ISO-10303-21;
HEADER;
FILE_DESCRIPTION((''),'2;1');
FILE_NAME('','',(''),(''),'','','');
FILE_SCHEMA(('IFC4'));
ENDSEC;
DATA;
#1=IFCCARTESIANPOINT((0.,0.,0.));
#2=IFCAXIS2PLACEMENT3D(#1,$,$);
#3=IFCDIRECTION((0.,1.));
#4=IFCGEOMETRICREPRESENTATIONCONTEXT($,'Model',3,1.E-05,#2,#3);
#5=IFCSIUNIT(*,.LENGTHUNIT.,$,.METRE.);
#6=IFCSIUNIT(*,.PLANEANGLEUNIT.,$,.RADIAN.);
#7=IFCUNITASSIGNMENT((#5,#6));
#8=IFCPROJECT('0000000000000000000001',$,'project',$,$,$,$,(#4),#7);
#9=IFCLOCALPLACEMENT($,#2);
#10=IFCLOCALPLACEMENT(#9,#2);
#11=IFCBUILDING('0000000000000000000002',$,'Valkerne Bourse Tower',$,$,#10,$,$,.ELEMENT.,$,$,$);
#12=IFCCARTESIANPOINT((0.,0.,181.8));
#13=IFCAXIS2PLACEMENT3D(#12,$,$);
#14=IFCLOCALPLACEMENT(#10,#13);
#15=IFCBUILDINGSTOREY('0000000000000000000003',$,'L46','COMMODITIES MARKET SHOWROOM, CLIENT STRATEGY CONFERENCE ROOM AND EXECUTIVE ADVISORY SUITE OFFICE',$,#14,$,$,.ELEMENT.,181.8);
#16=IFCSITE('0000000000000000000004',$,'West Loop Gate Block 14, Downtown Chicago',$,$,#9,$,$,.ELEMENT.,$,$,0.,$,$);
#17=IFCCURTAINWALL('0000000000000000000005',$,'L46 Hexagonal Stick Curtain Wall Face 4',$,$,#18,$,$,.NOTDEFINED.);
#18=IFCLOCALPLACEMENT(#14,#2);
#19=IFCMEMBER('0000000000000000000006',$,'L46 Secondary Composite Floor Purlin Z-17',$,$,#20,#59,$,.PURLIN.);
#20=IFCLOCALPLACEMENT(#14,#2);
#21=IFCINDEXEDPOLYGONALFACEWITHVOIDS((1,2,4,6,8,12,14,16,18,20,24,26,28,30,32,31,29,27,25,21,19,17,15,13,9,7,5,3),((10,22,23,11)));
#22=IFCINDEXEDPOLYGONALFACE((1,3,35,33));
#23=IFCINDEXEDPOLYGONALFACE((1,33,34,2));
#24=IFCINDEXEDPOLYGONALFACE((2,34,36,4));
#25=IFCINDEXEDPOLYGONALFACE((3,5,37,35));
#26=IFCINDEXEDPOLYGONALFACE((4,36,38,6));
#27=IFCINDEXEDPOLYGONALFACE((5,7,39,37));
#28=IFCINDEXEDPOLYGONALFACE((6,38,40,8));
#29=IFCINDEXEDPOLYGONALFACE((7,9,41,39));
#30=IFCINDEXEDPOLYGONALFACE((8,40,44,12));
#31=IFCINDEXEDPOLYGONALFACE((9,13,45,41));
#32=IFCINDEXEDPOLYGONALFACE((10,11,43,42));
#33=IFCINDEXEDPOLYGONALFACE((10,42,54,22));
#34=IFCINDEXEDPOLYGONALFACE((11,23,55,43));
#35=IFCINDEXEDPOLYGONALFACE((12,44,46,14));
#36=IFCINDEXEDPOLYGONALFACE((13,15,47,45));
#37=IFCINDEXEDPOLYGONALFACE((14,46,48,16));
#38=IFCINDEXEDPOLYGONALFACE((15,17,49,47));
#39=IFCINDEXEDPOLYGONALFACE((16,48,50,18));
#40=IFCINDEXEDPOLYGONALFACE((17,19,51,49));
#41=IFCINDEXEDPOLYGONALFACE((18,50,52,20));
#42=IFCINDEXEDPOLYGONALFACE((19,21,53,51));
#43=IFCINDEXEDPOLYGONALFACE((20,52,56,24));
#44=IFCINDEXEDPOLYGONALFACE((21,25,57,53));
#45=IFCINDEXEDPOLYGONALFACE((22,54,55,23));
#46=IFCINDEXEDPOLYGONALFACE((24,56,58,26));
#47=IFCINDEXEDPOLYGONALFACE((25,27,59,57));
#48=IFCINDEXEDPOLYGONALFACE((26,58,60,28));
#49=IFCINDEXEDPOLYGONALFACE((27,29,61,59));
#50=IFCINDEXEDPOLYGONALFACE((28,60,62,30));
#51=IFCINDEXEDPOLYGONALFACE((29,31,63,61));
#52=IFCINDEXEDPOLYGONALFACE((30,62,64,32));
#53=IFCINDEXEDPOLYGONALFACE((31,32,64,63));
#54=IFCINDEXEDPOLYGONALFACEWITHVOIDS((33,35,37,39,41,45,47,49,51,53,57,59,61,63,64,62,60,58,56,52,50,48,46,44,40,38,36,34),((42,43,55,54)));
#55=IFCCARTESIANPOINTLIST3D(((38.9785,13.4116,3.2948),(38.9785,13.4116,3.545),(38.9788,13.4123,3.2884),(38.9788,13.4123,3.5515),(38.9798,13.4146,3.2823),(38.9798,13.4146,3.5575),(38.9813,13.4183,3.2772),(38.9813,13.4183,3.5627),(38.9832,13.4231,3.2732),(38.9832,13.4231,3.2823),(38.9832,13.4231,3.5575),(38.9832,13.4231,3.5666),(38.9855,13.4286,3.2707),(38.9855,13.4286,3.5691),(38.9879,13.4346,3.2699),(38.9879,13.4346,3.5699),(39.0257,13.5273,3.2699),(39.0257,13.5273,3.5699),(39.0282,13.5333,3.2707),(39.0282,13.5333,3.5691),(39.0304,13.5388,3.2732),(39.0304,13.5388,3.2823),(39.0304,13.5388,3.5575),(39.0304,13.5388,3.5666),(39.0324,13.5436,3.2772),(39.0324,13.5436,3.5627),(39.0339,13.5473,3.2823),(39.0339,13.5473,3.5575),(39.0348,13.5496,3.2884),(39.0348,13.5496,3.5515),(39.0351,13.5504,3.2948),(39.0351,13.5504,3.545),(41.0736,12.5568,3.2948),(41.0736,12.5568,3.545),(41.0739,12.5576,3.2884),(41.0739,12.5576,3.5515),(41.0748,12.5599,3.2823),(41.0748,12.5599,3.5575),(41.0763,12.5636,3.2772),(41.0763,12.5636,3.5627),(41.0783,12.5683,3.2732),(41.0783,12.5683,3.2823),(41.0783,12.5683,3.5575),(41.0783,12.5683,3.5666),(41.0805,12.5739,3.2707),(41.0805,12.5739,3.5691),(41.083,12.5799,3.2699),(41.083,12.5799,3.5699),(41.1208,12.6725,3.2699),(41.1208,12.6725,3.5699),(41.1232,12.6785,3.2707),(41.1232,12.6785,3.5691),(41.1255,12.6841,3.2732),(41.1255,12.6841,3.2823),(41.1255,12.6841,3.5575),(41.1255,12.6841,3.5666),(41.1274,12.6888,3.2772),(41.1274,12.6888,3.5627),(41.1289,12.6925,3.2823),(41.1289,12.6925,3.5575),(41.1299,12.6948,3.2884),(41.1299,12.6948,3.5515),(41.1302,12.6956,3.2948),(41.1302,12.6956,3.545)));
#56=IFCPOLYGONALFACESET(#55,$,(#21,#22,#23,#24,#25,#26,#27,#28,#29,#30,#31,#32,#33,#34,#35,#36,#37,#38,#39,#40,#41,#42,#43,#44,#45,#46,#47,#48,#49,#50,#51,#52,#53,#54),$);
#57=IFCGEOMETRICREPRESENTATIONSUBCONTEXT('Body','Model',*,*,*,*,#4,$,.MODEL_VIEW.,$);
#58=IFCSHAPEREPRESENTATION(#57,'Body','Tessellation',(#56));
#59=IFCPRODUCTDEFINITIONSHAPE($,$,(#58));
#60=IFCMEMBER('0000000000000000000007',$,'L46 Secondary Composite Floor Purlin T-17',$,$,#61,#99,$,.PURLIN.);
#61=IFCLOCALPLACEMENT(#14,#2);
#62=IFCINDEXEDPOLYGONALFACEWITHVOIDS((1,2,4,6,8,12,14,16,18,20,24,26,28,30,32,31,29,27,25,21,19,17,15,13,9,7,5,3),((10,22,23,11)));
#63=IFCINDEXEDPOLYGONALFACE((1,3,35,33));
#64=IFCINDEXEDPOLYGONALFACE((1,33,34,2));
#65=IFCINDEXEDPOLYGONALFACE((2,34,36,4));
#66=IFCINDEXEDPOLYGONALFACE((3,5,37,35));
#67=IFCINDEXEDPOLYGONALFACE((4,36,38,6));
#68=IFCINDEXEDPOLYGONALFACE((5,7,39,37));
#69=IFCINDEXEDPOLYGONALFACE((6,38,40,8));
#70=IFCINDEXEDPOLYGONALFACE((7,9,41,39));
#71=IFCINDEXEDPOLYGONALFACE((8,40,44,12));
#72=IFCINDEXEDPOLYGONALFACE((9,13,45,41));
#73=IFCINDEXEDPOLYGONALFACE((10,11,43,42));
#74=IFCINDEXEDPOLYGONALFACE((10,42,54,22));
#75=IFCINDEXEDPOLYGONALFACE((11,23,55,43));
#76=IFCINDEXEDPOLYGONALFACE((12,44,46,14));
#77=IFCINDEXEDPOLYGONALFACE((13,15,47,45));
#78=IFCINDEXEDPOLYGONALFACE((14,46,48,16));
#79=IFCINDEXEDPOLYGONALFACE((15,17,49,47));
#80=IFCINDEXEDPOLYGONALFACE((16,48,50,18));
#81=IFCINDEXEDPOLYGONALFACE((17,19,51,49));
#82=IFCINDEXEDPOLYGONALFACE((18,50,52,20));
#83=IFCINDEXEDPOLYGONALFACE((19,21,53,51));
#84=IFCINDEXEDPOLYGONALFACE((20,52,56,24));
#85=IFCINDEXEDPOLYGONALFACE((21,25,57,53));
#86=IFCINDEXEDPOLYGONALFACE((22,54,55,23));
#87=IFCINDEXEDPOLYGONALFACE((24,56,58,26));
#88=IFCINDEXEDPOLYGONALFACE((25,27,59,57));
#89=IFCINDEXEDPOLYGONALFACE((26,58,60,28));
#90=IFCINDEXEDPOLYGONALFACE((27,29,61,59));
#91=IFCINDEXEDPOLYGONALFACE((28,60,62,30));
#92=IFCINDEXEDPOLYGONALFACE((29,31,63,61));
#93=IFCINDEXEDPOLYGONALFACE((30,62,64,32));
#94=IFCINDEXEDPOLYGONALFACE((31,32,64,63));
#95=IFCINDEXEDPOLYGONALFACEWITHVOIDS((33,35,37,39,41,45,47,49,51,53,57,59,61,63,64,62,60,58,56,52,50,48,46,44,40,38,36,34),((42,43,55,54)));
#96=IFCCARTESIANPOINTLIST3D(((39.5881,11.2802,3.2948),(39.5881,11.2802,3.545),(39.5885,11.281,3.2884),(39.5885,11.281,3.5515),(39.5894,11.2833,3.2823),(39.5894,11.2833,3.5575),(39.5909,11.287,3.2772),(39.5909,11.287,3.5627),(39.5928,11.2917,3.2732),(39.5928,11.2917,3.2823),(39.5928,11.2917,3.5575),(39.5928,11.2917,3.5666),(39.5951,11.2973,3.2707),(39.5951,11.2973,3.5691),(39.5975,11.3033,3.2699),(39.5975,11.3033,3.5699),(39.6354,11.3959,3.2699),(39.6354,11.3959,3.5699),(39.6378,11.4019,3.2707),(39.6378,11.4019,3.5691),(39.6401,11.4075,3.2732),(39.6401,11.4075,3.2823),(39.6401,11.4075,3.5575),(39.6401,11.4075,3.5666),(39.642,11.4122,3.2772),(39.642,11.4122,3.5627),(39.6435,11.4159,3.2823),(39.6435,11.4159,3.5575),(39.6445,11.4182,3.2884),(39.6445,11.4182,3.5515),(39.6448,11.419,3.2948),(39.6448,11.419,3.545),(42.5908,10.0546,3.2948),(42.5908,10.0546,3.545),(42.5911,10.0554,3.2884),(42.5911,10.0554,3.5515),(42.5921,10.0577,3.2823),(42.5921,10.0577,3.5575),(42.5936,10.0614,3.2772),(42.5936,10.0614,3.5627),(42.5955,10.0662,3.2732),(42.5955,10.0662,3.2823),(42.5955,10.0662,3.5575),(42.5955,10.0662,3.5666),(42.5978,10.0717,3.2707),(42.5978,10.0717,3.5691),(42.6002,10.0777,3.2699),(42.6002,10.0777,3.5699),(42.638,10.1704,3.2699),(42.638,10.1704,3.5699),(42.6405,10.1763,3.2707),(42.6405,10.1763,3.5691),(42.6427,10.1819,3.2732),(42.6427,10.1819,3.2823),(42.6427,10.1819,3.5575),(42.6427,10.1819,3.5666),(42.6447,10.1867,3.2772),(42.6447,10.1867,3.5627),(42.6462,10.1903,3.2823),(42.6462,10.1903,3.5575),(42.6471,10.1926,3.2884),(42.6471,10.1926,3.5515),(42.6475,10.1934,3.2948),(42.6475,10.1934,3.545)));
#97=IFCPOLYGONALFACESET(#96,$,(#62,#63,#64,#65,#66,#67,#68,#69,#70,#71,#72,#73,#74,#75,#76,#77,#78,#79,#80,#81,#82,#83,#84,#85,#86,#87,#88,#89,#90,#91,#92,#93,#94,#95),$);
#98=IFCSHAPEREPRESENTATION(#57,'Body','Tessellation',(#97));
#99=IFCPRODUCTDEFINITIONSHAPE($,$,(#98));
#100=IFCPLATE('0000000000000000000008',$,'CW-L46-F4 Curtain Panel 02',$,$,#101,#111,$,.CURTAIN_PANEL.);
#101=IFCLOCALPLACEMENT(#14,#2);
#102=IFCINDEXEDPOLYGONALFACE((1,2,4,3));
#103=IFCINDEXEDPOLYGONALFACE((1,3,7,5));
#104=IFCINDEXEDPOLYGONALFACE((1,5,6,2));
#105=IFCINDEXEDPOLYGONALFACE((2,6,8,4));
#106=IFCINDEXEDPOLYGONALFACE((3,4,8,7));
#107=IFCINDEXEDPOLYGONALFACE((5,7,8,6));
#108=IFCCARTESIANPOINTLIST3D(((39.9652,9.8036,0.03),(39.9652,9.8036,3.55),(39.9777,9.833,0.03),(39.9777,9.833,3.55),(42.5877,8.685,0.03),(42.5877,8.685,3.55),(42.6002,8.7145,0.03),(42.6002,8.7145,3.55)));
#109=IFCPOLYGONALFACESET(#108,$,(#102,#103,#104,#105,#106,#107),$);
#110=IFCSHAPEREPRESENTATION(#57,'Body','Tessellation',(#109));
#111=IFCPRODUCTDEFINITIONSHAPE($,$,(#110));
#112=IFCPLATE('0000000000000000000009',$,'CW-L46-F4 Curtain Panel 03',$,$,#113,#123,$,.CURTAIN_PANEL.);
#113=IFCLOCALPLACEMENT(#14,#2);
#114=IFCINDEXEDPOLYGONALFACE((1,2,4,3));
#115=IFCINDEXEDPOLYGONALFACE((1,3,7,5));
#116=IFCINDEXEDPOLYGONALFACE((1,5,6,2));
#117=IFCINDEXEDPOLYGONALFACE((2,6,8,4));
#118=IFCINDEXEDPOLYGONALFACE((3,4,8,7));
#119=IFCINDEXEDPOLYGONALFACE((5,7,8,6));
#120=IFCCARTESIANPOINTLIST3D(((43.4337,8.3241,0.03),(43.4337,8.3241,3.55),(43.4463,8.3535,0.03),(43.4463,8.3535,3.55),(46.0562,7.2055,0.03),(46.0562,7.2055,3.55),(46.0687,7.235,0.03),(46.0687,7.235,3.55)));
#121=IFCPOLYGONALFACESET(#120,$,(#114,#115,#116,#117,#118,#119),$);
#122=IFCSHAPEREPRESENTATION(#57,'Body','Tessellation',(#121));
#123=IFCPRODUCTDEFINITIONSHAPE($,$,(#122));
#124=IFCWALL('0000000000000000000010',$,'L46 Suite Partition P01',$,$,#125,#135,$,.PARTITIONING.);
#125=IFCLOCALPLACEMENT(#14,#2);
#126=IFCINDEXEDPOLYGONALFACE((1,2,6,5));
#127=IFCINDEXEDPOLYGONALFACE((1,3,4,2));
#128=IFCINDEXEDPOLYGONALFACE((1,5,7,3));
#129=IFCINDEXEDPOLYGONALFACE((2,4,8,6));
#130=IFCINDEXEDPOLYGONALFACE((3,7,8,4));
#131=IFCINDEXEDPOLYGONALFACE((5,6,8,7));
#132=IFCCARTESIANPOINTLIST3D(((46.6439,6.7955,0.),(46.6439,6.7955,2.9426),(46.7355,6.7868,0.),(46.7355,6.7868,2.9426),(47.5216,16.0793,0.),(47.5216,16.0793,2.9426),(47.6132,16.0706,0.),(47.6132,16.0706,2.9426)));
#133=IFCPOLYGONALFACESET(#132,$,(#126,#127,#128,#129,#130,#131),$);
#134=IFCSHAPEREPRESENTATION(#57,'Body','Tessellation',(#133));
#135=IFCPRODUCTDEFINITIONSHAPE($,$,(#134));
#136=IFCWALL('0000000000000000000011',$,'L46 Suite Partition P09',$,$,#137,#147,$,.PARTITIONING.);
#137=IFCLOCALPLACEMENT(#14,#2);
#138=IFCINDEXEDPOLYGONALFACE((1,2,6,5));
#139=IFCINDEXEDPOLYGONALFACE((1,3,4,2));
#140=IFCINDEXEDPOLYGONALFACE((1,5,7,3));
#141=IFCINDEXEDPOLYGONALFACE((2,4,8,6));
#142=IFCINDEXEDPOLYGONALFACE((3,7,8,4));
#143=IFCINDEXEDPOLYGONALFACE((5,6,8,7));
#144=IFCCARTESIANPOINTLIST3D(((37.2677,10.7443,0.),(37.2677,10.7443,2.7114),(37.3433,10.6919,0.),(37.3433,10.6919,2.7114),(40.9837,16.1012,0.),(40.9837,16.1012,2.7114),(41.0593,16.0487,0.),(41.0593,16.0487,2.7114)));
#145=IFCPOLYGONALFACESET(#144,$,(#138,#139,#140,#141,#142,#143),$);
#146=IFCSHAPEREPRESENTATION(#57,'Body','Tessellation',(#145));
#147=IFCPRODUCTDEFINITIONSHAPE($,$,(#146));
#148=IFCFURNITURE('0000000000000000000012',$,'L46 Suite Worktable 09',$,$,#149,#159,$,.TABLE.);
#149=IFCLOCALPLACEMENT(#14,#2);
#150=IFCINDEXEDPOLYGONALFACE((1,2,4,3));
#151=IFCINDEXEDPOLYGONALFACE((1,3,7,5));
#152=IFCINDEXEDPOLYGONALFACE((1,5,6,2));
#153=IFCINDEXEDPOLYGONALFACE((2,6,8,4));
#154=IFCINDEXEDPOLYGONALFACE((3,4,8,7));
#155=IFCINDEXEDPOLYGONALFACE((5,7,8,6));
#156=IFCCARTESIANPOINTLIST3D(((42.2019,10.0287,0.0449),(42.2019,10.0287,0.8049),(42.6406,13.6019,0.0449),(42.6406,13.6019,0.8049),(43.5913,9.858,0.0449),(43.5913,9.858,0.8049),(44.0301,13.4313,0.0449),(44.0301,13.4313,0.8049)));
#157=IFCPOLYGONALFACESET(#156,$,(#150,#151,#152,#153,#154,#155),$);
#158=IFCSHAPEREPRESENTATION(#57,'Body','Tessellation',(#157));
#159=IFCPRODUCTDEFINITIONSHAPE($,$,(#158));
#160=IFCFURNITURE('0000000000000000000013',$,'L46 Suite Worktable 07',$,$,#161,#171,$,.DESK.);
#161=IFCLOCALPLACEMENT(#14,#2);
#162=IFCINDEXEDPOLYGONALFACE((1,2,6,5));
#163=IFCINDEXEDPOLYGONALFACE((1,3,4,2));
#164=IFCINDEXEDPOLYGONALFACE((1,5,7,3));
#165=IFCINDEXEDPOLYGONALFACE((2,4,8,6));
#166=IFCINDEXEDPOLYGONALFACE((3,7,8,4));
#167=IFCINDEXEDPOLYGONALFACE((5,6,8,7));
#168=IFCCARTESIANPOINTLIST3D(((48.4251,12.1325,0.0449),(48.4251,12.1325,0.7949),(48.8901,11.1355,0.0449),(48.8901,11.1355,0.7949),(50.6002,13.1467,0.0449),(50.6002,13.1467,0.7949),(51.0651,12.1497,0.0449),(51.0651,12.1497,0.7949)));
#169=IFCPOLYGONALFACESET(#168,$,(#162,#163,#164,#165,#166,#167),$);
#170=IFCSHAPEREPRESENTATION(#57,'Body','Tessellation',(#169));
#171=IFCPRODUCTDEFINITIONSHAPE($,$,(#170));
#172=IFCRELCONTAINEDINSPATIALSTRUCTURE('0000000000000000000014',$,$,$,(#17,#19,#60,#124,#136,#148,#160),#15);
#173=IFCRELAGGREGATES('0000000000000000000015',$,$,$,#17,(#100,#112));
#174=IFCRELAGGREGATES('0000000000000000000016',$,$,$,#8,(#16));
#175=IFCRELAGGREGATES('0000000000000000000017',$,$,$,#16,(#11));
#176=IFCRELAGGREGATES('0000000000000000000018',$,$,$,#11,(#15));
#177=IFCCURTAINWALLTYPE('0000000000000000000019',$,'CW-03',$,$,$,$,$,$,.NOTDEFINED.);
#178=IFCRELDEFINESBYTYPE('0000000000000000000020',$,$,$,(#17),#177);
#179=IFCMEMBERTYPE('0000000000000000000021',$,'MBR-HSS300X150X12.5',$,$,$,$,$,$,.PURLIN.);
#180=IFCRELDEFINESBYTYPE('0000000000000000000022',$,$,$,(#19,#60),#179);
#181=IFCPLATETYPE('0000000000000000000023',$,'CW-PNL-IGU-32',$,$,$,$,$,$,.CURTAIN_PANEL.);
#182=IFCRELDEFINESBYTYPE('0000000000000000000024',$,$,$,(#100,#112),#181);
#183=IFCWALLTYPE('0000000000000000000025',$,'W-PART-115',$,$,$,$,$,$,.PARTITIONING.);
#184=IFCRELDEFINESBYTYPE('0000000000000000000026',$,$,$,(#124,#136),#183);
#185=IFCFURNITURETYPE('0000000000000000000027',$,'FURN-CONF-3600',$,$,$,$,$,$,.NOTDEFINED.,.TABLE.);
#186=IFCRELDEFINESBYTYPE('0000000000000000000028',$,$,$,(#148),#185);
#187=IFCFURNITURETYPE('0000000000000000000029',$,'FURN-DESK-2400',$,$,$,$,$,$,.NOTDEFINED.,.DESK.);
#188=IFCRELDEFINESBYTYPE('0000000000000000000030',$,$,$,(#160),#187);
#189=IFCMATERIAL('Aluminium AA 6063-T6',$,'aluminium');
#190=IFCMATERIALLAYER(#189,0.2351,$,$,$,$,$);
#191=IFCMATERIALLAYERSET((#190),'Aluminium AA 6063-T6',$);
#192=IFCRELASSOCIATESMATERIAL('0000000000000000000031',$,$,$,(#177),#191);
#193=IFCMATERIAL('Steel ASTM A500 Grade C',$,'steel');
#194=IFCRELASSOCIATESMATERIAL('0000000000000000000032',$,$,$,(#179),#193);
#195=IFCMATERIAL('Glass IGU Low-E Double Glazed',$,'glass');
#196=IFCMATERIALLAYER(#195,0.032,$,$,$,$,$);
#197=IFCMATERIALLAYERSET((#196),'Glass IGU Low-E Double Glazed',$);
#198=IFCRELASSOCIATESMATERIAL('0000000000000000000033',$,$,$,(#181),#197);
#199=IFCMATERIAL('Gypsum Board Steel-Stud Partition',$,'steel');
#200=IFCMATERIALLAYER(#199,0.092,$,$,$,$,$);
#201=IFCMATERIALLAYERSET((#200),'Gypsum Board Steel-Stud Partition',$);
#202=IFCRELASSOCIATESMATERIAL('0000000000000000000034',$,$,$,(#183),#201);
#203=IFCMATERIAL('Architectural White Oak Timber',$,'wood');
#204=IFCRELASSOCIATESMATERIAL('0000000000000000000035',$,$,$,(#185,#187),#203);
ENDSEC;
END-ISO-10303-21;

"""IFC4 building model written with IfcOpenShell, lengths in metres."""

from ifc_helpers import new_model, si_unit, direction, frame, frame_2d, origin, origin_2d, place, context, subcontext, project, spatial, rectangle, hollow_rectangle, extrude, material, layer, layer_set, material_profile, profile_set, type_object, element, aggregate, save


model = new_model("IFC4")

# Units and contexts
model_context = context("Model", 3, precision=1e-05, world=origin(), true_north=direction((0.0, 1.0)))
body_context = subcontext(model_context, "Body", "Model", "MODEL_VIEW")
ifc_project = project(units=[si_unit("LENGTHUNIT", "METRE"), si_unit("PLANEANGLEUNIT", "RADIAN")], contexts=[model_context])

# Site, building, storey
site_placement = place(None, origin())
site = spatial("IfcSite", under=ifc_project, at=site_placement, Name="West Loop Gate Block 14, Downtown Chicago", CompositionType="ELEMENT", RefElevation=0.0)
building_placement = place(site_placement, origin())
building = spatial("IfcBuilding", under=site, at=building_placement, Name="Valkerne Bourse Tower", CompositionType="ELEMENT")
storey_placement = place(building_placement, frame((0.0, 0.0, 181.8)))
storey = spatial("IfcBuildingStorey", under=building, at=storey_placement, Name="L46", Description="COMMODITIES MARKET SHOWROOM, CLIENT STRATEGY CONFERENCE ROOM AND EXECUTIVE ADVISORY SUITE OFFICE", CompositionType="ELEMENT", Elevation=181.8)

# Curtain wall
ifc_material_1 = material(Name="Aluminium AA 6063-T6", Category="aluminium")
ifc_layer_1 = layer(ifc_material_1, 0.2351)
ifc_layer_set_1 = layer_set([ifc_layer_1], Name="Aluminium AA 6063-T6")
curtain_wall_type = type_object("IfcCurtainWallType", Name="CW-03", PredefinedType="NOTDEFINED", material=ifc_layer_set_1)
curtain_wall_1_placement = place(storey_placement, origin())
curtain_wall_1 = element("IfcCurtainWall", 1, at=curtain_wall_1_placement, inside=storey, type_object=curtain_wall_type, Name="L46 Hexagonal Stick Curtain Wall Face 4", PredefinedType="NOTDEFINED")

# Members
ifc_material_2 = material(Name="Steel ASTM A500 Grade C", Category="steel")
ifc_material_profile_1 = material_profile(ifc_material_2, hollow_rectangle(XDim=0.1499, YDim=0.3, WallThickness=0.0125, OuterFilletRadius=0.0249, at=origin_2d()), Name="HSS300X150X12.5")
ifc_profile_set_1 = profile_set([ifc_material_profile_1], Name="Steel ASTM A500 Grade C")
member_type_1 = type_object("IfcMemberType", Name="MBR-HSS300X150X12.5", PredefinedType="PURLIN", material=ifc_profile_set_1)
member_1_placement = place(storey_placement, frame((39.0068, 13.481, 3.4199), z_axis=(0.925902, -0.377763, 0.0), x_axis=(0.377763, 0.925902, 0.0)))
element("IfcMember", 2, at=member_1_placement, inside=storey, type_object=member_type_1, Name="L46 Secondary Composite Floor Purlin Z-17", PredefinedType="PURLIN", context=body_context, shape_type="SweptSolid", body=[
    extrude(hollow_rectangle(XDim=0.1499, YDim=0.3, WallThickness=0.0125, OuterFilletRadius=0.0249, at=origin_2d()), origin(), (0.0, 0.0, 1.0), 2.2627),
])
member_2_placement = place(storey_placement, frame((39.6165, 11.3496, 3.4199), z_axis=(0.925848, -0.377897, 0.0), x_axis=(0.377897, 0.925848, 0.0)))
element("IfcMember", 3, at=member_2_placement, inside=storey, type_object=member_type_1, Name="L46 Secondary Composite Floor Purlin T-17", PredefinedType="PURLIN", context=body_context, shape_type="SweptSolid", body=[
    extrude(hollow_rectangle(XDim=0.1499, YDim=0.3, WallThickness=0.0125, OuterFilletRadius=0.0249, at=origin_2d()), origin(), (0.0, 0.0, 1.0), 3.2432),
])

# Plates
ifc_material_3 = material(Name="Glass IGU Low-E Double Glazed", Category="glass")
ifc_layer_2 = layer(ifc_material_3, 0.032)
ifc_layer_set_2 = layer_set([ifc_layer_2], Name="Glass IGU Low-E Double Glazed")
plate_type = type_object("IfcPlateType", Name="CW-PNL-IGU-32", PredefinedType="CURTAIN_PANEL", material=ifc_layer_set_2)
plate_1_placement = place(storey_placement, frame((41.2827, 9.259, 0.03), z_axis=(0.0, 0.0, 1.0), x_axis=(0.919824, -0.392331, 0.0)))
plate_1 = element("IfcPlate", 4, at=plate_1_placement, type_object=plate_type, Name="CW-L46-F4 Curtain Panel 02", PredefinedType="CURTAIN_PANEL", context=body_context, shape_type="SweptSolid", body=[
    extrude(rectangle(XDim=2.8511, YDim=0.032, at=origin_2d()), origin(), (0.0, 0.0, 1.0), 3.52),
])
plate_2_placement = place(storey_placement, frame((44.7512, 7.7795, 0.03), z_axis=(0.0, 0.0, 1.0), x_axis=(0.91982, -0.392341, 0.0)))
plate_2 = element("IfcPlate", 5, at=plate_2_placement, type_object=plate_type, Name="CW-L46-F4 Curtain Panel 03", PredefinedType="CURTAIN_PANEL", context=body_context, shape_type="SweptSolid", body=[
    extrude(rectangle(XDim=2.8511, YDim=0.032, at=origin_2d()), origin(), (0.0, 0.0, 1.0), 3.52),
])
aggregate(curtain_wall_1, [plate_1, plate_2])

# Walls
ifc_material_4 = material(Name="Gypsum Board Steel-Stud Partition", Category="steel")
ifc_layer_3 = layer(ifc_material_4, 0.092)
ifc_layer_set_3 = layer_set([ifc_layer_3], Name="Gypsum Board Steel-Stud Partition")
wall_type = type_object("IfcWallType", Name="W-PART-115", PredefinedType="PARTITIONING", material=ifc_layer_set_3)
wall_1_placement = place(storey_placement, frame((47.5674, 16.075, 0.0), z_axis=(0.0, 0.0, 1.0), x_axis=(-0.094121, -0.995561, 0.0)))
element("IfcWall", 6, at=wall_1_placement, inside=storey, type_object=wall_type, Name="L46 Suite Partition P01", PredefinedType="PARTITIONING", context=body_context, shape_type="SweptSolid", body=[
    extrude(rectangle(XDim=9.3252, YDim=0.092, at=frame_2d((4.6626, 0.0))), origin(), (0.0, 0.0, 1.0), 2.9426),
])
wall_2_placement = place(storey_placement, frame((41.0215, 16.075, 0.0), z_axis=(0.0, 0.0, 1.0), x_axis=(-0.569979, -0.821659, 0.0)))
element("IfcWall", 7, at=wall_2_placement, inside=storey, type_object=wall_type, Name="L46 Suite Partition P09", PredefinedType="PARTITIONING", context=body_context, shape_type="SweptSolid", body=[
    extrude(rectangle(XDim=6.5195, YDim=0.092, at=frame_2d((3.2598, 0.0))), origin(), (0.0, 0.0, 1.0), 2.7114),
])

# Furniture
ifc_material_5 = material(Name="Architectural White Oak Timber", Category="wood")
furniture_type_1 = type_object("IfcFurnitureType", Name="FURN-CONF-3600", AssemblyPlace="NOTDEFINED", PredefinedType="TABLE", material=ifc_material_5)
furniture_1_placement = place(storey_placement, frame((43.116, 11.73, 0.0449), z_axis=(0.0, 0.0, 1.0), x_axis=(0.121869, 0.992546, 0.0)))
element("IfcFurniture", 8, at=furniture_1_placement, inside=storey, type_object=furniture_type_1, Name="L46 Suite Worktable 09", PredefinedType="TABLE", context=body_context, shape_type="SweptSolid", body=[
    extrude(rectangle(XDim=3.6001, YDim=1.3999, at=origin_2d()), origin(), (0.0, 0.0, 1.0), 0.76),
])
furniture_type_2 = type_object("IfcFurnitureType", Name="FURN-DESK-2400", AssemblyPlace="NOTDEFINED", PredefinedType="DESK", material=ifc_material_5)
furniture_2_placement = place(storey_placement, frame((49.7451, 12.1411, 0.0449), z_axis=(0.0, 0.0, 1.0), x_axis=(0.906308, 0.422618, 0.0)))
element("IfcFurniture", 9, at=furniture_2_placement, inside=storey, type_object=furniture_type_2, Name="L46 Suite Worktable 07", PredefinedType="DESK", context=body_context, shape_type="SweptSolid", body=[
    extrude(rectangle(XDim=2.3999, YDim=1.1001, at=origin_2d()), origin(), (0.0, 0.0, 1.0), 0.75),
])

save(model, "model.ifc")
